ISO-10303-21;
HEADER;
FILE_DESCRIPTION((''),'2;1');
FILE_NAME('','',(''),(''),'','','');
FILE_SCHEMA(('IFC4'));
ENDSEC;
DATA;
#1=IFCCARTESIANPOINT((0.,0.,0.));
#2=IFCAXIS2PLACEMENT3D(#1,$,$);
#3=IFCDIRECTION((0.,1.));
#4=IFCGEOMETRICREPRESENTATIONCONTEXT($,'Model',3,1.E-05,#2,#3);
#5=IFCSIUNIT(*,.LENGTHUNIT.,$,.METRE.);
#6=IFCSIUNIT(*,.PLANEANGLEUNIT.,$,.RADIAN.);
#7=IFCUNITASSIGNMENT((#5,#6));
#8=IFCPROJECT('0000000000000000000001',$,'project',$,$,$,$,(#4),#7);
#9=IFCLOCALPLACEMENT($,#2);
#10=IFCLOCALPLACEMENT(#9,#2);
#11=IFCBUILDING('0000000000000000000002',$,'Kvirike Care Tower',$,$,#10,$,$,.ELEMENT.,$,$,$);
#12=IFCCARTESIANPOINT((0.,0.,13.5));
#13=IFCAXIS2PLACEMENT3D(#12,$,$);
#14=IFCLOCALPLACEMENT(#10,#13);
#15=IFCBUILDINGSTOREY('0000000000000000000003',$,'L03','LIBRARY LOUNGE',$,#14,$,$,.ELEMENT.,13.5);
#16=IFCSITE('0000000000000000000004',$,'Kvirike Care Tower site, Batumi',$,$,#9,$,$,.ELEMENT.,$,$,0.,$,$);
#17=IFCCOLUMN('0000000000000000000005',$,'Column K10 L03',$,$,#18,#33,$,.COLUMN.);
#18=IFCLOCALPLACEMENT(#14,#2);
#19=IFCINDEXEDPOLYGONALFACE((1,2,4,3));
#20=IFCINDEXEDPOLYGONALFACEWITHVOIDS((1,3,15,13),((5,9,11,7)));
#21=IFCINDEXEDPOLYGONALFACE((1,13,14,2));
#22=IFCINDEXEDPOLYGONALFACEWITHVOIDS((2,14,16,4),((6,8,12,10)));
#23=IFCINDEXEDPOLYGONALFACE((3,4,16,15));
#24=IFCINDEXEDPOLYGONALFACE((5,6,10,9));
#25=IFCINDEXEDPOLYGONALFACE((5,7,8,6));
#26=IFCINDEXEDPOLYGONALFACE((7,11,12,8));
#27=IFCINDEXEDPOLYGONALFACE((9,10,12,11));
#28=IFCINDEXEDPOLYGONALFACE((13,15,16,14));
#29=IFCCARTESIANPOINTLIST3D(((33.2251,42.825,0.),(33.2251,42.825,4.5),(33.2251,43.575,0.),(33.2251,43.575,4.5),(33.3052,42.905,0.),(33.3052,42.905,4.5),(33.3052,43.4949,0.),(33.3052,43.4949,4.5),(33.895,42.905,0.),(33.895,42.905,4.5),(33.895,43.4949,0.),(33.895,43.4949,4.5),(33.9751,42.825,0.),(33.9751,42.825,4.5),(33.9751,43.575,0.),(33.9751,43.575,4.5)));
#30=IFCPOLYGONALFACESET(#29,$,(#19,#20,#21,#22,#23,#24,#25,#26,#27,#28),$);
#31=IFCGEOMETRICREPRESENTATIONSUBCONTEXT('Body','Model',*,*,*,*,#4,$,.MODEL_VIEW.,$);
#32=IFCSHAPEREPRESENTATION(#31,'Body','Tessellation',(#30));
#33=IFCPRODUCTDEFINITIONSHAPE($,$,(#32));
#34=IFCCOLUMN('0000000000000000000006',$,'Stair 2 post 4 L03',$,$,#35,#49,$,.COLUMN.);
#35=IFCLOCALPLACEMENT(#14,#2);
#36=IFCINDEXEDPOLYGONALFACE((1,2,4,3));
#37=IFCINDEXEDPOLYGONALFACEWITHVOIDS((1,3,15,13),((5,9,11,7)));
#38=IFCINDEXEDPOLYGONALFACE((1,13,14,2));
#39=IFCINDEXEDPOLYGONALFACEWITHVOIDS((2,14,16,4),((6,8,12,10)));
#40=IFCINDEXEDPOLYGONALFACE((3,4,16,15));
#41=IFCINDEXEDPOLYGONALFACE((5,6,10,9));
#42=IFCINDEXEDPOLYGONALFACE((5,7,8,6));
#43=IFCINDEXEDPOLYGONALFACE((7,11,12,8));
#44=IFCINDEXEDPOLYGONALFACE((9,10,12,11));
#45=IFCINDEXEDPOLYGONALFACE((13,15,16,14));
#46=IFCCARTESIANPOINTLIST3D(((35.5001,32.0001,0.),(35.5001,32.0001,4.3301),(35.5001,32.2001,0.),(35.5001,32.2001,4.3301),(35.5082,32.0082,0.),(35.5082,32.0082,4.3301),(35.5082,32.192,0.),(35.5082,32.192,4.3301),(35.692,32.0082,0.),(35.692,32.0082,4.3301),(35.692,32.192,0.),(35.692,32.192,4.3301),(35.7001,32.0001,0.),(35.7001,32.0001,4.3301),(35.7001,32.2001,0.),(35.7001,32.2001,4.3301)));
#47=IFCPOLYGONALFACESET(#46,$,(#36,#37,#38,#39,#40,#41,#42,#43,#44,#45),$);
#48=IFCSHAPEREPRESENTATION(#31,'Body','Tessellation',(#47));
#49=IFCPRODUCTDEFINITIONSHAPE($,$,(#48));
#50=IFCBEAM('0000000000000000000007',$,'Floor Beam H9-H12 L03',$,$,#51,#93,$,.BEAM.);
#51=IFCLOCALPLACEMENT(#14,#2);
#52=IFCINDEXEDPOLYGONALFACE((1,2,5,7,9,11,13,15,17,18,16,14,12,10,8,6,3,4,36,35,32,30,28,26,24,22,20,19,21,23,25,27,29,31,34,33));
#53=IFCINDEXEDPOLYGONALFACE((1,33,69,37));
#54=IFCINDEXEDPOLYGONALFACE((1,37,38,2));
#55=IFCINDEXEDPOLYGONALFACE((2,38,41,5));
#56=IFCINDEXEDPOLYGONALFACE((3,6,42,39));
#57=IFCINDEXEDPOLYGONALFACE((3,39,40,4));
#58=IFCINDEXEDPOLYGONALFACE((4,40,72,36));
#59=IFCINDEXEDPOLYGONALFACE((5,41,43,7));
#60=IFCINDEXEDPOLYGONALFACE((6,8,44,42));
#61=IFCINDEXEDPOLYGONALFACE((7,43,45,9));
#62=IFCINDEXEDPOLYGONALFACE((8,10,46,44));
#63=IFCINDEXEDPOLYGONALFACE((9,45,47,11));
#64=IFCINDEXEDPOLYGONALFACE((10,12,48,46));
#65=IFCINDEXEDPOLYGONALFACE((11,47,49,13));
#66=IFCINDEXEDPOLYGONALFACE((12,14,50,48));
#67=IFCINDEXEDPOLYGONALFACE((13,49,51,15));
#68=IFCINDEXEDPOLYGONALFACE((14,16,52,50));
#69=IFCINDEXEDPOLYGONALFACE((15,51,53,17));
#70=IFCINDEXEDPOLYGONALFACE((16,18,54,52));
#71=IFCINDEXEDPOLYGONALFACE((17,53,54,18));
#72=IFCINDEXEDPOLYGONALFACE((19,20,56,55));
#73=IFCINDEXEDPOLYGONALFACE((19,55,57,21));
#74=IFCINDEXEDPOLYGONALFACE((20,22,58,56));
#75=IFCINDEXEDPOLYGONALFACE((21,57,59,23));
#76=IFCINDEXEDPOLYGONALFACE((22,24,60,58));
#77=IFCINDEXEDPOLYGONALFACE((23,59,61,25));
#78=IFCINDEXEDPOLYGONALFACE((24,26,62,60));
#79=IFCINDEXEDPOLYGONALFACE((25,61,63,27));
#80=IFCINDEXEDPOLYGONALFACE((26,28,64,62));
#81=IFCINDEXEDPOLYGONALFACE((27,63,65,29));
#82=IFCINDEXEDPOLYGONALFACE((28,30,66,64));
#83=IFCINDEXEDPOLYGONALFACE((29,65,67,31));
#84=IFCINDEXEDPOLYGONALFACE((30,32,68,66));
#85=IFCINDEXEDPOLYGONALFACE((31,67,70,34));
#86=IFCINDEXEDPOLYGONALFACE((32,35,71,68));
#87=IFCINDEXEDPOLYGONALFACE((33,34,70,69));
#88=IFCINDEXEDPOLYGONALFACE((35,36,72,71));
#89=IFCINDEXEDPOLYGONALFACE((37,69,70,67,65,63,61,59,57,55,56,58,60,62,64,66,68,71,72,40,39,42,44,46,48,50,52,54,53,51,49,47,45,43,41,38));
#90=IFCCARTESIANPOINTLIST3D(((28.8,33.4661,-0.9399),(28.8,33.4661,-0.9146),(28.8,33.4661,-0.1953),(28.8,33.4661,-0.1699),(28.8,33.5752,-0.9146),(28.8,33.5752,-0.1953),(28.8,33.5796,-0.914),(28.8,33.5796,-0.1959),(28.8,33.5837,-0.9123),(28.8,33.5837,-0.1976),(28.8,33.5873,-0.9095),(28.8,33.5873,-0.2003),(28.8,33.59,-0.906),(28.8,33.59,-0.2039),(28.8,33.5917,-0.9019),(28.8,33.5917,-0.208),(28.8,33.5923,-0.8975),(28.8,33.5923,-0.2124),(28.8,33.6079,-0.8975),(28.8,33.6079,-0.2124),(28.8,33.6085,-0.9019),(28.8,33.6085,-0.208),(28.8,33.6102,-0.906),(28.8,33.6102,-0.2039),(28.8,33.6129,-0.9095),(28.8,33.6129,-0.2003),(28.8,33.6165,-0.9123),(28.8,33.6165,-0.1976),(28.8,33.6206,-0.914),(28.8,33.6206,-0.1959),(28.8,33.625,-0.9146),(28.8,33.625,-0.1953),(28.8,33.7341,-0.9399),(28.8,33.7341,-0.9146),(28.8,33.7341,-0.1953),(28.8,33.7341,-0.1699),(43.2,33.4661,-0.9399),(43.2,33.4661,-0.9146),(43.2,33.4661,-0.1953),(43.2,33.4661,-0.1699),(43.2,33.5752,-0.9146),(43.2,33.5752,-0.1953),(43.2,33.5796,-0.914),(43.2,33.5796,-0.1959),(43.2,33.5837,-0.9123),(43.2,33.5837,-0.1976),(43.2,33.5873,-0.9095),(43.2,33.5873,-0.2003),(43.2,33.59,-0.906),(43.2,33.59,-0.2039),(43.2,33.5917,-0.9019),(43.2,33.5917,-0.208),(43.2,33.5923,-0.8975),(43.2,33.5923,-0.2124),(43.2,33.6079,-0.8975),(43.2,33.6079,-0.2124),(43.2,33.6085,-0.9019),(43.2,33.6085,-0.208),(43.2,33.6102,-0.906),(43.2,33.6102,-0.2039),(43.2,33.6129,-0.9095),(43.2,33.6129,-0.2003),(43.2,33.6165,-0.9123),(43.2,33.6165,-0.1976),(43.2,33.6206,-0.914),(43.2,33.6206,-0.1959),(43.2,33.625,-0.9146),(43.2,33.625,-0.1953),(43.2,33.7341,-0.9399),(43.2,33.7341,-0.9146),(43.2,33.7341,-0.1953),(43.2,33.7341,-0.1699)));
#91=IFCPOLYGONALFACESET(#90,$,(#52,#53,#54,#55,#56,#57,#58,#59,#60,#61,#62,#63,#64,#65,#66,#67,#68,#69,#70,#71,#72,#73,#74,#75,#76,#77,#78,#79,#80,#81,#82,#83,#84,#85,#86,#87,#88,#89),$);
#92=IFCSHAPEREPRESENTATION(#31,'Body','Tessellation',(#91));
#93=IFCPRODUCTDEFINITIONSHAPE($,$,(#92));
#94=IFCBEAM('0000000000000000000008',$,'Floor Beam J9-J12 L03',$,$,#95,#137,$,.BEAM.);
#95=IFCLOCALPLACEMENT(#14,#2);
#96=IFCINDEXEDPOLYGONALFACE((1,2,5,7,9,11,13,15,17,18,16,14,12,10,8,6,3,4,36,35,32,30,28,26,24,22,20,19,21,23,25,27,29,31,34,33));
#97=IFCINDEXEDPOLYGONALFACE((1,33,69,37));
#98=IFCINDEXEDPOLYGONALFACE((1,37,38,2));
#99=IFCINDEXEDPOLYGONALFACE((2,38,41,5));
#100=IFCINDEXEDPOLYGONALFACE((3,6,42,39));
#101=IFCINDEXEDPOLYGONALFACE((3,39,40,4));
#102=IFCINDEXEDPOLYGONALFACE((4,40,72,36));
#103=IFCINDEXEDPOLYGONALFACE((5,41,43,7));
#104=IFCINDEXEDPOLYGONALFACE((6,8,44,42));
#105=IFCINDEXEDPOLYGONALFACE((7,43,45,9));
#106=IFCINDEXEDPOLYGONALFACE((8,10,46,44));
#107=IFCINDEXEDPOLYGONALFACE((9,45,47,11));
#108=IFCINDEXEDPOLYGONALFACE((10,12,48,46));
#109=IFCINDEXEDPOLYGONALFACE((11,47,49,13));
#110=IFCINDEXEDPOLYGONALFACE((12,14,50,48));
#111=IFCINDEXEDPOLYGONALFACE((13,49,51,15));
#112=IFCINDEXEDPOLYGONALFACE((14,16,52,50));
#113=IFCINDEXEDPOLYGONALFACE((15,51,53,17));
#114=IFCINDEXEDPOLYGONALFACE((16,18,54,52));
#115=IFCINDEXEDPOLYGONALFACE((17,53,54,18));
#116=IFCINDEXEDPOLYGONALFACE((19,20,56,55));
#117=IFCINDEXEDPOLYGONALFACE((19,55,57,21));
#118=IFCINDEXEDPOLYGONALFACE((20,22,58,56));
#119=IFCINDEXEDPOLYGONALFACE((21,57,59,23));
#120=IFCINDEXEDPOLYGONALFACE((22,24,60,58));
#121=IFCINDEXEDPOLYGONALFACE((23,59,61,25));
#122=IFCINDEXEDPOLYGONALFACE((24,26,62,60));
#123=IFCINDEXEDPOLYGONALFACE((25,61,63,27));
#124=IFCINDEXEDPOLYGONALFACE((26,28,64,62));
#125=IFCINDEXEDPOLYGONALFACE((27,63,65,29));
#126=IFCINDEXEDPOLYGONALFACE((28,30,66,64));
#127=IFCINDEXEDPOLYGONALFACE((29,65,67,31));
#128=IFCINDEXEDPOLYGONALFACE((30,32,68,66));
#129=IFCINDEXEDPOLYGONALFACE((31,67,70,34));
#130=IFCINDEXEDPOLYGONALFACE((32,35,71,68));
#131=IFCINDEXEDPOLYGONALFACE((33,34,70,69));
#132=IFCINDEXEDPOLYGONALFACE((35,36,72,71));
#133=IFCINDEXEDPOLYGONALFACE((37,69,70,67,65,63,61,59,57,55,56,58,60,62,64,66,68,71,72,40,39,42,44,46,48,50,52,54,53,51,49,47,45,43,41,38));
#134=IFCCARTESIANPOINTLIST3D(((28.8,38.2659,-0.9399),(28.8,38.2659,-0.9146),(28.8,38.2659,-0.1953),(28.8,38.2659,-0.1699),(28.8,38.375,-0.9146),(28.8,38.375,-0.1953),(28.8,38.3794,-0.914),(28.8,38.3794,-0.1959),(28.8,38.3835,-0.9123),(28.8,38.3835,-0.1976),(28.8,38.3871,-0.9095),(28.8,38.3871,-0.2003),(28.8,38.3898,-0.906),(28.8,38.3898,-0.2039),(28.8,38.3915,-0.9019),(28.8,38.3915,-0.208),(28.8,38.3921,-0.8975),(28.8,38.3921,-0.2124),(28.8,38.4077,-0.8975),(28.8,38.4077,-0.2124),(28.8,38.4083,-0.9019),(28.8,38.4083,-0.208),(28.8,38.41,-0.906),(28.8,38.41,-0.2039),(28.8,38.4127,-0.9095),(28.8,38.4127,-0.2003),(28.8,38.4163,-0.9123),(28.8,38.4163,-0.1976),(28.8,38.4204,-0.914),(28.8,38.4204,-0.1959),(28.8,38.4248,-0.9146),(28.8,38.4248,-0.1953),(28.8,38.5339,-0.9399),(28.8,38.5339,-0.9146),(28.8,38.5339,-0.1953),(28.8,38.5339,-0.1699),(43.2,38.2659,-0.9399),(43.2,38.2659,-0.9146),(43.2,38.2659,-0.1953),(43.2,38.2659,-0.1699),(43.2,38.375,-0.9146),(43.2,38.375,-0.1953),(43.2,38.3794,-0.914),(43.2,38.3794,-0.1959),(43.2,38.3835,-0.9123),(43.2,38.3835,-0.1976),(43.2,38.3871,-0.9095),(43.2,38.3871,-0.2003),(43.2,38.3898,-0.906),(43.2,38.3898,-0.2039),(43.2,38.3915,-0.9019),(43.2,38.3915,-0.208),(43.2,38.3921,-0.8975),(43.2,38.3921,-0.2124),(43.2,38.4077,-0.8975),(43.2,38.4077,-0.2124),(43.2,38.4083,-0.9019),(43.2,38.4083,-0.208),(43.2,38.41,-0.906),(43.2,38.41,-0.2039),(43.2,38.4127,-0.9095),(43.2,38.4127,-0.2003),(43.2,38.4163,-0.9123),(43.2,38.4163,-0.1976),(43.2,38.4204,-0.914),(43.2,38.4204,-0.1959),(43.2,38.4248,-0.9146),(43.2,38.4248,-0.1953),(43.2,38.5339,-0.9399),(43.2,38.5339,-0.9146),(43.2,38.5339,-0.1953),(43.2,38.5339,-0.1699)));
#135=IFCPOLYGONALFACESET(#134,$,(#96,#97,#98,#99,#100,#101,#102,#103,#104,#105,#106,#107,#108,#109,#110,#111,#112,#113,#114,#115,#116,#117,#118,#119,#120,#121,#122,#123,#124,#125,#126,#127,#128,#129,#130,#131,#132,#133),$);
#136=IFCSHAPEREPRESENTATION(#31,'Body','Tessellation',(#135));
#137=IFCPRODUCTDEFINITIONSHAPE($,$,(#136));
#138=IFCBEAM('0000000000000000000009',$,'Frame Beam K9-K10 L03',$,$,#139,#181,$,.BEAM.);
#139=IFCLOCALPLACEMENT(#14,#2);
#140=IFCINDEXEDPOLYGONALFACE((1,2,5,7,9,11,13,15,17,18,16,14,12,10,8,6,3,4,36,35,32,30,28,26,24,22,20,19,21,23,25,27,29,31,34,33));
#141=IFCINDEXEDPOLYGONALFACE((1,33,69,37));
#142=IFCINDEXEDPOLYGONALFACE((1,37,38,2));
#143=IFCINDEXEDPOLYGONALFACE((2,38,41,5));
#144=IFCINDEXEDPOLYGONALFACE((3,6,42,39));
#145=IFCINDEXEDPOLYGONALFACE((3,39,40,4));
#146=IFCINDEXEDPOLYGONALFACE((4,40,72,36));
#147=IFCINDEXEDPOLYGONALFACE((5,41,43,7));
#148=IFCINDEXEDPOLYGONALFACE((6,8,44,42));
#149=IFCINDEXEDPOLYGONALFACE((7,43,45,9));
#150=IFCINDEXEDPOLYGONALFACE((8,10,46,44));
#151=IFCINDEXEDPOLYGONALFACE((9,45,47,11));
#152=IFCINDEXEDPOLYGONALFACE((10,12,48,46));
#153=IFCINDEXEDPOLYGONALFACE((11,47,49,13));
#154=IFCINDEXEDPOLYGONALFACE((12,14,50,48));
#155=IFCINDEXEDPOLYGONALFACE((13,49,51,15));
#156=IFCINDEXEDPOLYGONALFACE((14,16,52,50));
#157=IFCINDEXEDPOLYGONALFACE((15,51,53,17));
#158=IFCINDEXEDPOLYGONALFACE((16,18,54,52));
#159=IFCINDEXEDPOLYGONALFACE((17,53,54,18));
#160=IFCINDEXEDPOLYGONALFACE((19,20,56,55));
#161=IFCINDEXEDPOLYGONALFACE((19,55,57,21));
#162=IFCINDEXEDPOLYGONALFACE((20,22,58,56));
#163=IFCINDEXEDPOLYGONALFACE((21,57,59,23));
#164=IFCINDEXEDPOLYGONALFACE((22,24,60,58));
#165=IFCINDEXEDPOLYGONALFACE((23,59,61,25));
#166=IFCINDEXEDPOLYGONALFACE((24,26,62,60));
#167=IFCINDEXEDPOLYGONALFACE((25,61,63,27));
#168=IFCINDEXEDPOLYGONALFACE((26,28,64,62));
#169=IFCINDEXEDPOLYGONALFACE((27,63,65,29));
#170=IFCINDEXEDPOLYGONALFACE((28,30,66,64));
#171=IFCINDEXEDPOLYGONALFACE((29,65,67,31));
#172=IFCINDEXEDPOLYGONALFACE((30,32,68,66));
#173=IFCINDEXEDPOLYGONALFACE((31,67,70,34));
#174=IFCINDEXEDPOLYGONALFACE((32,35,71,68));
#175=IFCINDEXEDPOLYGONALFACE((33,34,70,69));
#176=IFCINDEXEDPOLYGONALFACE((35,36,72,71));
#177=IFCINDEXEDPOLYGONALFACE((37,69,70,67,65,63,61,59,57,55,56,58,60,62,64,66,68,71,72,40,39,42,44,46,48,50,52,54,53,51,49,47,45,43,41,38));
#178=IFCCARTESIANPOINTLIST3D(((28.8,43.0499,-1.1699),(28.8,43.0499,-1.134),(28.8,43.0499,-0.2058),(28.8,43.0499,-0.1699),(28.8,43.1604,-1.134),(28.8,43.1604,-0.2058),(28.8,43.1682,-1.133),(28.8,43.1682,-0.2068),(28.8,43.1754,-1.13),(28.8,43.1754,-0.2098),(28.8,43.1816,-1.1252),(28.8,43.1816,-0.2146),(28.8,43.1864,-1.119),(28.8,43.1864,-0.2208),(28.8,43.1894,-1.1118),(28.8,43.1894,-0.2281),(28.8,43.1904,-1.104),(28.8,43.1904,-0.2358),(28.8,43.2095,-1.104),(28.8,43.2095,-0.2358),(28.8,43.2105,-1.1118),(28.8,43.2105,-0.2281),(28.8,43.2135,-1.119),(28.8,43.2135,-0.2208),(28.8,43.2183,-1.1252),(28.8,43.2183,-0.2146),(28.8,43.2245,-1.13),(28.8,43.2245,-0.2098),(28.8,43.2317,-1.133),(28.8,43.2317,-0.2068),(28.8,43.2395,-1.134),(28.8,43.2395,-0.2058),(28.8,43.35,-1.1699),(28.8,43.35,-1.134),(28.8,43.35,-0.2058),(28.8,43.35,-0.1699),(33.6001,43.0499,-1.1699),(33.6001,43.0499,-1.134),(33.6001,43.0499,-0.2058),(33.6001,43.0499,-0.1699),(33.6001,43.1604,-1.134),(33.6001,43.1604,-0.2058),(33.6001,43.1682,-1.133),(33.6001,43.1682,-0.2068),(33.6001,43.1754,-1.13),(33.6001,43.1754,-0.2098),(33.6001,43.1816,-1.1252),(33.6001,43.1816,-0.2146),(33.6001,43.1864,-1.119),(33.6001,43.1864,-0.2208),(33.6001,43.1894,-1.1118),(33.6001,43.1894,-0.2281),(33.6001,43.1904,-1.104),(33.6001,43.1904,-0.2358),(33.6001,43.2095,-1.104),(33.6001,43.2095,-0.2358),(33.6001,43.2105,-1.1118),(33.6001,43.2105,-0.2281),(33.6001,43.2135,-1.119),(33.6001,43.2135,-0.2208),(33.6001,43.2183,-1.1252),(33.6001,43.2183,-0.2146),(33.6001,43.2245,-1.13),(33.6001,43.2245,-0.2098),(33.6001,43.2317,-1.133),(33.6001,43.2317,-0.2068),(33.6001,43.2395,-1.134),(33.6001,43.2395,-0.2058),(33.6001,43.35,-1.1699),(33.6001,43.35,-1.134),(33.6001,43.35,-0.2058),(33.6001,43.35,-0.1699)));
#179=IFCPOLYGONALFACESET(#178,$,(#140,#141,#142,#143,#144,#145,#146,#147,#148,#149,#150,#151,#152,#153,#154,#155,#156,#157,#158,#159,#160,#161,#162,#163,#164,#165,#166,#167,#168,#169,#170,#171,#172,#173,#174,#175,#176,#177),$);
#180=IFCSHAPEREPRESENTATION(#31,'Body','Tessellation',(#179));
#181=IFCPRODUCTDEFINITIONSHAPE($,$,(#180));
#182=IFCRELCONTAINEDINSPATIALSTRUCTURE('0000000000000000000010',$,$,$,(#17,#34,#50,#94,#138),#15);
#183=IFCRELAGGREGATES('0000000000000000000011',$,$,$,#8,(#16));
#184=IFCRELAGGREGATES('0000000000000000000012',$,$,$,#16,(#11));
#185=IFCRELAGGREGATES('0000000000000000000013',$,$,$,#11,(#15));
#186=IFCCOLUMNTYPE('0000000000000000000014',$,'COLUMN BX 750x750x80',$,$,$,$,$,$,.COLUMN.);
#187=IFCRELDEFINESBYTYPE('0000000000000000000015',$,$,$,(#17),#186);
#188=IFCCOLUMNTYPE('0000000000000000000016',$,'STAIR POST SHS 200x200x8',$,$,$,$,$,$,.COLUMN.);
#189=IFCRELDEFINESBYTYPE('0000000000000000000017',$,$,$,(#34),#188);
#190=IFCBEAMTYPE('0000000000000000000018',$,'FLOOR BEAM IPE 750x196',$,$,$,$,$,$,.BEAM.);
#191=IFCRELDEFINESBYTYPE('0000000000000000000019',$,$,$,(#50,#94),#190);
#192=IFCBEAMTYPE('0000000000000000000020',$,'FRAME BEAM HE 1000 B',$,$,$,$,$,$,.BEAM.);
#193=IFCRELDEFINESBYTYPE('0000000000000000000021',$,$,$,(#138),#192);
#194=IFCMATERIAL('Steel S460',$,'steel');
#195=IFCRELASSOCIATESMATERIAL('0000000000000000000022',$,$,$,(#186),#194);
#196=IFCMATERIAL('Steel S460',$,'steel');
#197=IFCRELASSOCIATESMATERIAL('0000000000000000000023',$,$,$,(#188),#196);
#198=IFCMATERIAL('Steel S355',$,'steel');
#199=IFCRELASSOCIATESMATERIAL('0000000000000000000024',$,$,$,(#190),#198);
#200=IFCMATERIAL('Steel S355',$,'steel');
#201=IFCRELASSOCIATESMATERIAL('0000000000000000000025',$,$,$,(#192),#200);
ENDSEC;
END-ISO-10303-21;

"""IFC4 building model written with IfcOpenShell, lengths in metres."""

from ifc_helpers import new_model, si_unit, direction, frame, origin, origin_2d, place, context, subcontext, project, spatial, hollow_rectangle, i_section, extrude, material, material_profile, profile_set, type_object, element, save


model = new_model("IFC4")

# Units and contexts
model_context = context("Model", 3, precision=1e-05, world=origin(), true_north=direction((0.0, 1.0)))
body_context = subcontext(model_context, "Body", "Model", "MODEL_VIEW")
ifc_project = project(units=[si_unit("LENGTHUNIT", "METRE"), si_unit("PLANEANGLEUNIT", "RADIAN")], contexts=[model_context])

# Site, building, storey
site_placement = place(None, origin())
site = spatial("IfcSite", under=ifc_project, at=site_placement, Name="Kvirike Care Tower site, Batumi", CompositionType="ELEMENT", RefElevation=0.0)
building_placement = place(site_placement, origin())
building = spatial("IfcBuilding", under=site, at=building_placement, Name="Kvirike Care Tower", CompositionType="ELEMENT")
storey_placement = place(building_placement, frame((0.0, 0.0, 13.5)))
storey = spatial("IfcBuildingStorey", under=building, at=storey_placement, Name="L03", Description="LIBRARY LOUNGE", CompositionType="ELEMENT", Elevation=13.5)

# Columns
ifc_material_1 = material(Name="Steel S460", Category="steel")
ifc_material_profile_1 = material_profile(ifc_material_1, hollow_rectangle(XDim=0.75, YDim=0.75, WallThickness=0.0801, at=origin_2d()), Name="BX 750x750x80")
ifc_profile_set_1 = profile_set([ifc_material_profile_1], Name="Steel S460")
column_type_1 = type_object("IfcColumnType", Name="COLUMN BX 750x750x80", PredefinedType="COLUMN", material=ifc_profile_set_1)
column_1_placement = place(storey_placement, frame((33.6001, 43.2, 0.0), z_axis=(0.0, 0.0, 1.0), x_axis=(0.0, 1.0, 0.0)))
element("IfcColumn", 1, at=column_1_placement, inside=storey, type_object=column_type_1, Name="Column K10 L03", PredefinedType="COLUMN", context=body_context, shape_type="SweptSolid", body=[
    extrude(hollow_rectangle(XDim=0.75, YDim=0.75, WallThickness=0.0801, at=origin_2d()), origin(), (0.0, 0.0, 1.0), 4.5),
])
ifc_material_2 = material(Name="Steel S460", Category="steel")
ifc_material_profile_2 = material_profile(ifc_material_2, hollow_rectangle(XDim=0.2, YDim=0.2, WallThickness=0.0081, at=origin_2d()), Name="SHS 200x200x8")
ifc_profile_set_2 = profile_set([ifc_material_profile_2], Name="Steel S460")
column_type_2 = type_object("IfcColumnType", Name="STAIR POST SHS 200x200x8", PredefinedType="COLUMN", material=ifc_profile_set_2)
column_2_placement = place(storey_placement, frame((35.6001, 32.1001, 0.0), z_axis=(0.0, 0.0, 1.0), x_axis=(1.0, 0.0, 0.0)))
element("IfcColumn", 2, at=column_2_placement, inside=storey, type_object=column_type_2, Name="Stair 2 post 4 L03", PredefinedType="COLUMN", context=body_context, shape_type="SweptSolid", body=[
    extrude(hollow_rectangle(XDim=0.2, YDim=0.2, WallThickness=0.0081, at=origin_2d()), origin(), (0.0, 0.0, 1.0), 4.3301),
])

# Beams
ifc_material_3 = material(Name="Steel S355", Category="steel")
ifc_material_profile_3 = material_profile(ifc_material_3, i_section(OverallWidth=0.2681, OverallDepth=0.77, WebThickness=0.0156, FlangeThickness=0.0254, FilletRadius=0.0171, at=origin_2d()), Name="IPE 750x196")
ifc_profile_set_3 = profile_set([ifc_material_profile_3], Name="Steel S355")
beam_type_1 = type_object("IfcBeamType", Name="FLOOR BEAM IPE 750x196", PredefinedType="BEAM", material=ifc_profile_set_3)
for number, where, z_axis, x_axis, name in (
    (3, (28.8, 33.6001, -0.5549), (1.0, 0.0, 0.0), (0.0, 1.0, 0.0), "Floor Beam H9-H12 L03"),
    (4, (28.8, 38.3999, -0.5549), (1.0, 0.0, 0.0), (0.0, 1.0, 0.0), "Floor Beam J9-J12 L03"),
):
    element("IfcBeam", number, at=place(storey_placement, frame(where, z_axis=z_axis, x_axis=x_axis)), inside=storey, type_object=beam_type_1, Name=name, PredefinedType="BEAM", context=body_context, shape_type="SweptSolid", body=[
        extrude(i_section(OverallWidth=0.2681, OverallDepth=0.77, WebThickness=0.0156, FlangeThickness=0.0254, FilletRadius=0.0171, at=origin_2d()), origin(), (0.0, 0.0, 1.0), 14.3999),
    ])
ifc_material_4 = material(Name="Steel S355", Category="steel")
ifc_material_profile_4 = material_profile(ifc_material_4, i_section(OverallWidth=0.3, OverallDepth=1.0, WebThickness=0.019, FlangeThickness=0.0359, FilletRadius=0.03, at=origin_2d()), Name="HE 1000 B")
ifc_profile_set_4 = profile_set([ifc_material_profile_4], Name="Steel S355")
beam_type_2 = type_object("IfcBeamType", Name="FRAME BEAM HE 1000 B", PredefinedType="BEAM", material=ifc_profile_set_4)
beam_1_placement = place(storey_placement, frame((28.8, 43.2, -0.6699), z_axis=(1.0, 0.0, 0.0), x_axis=(0.0, 1.0, 0.0)))
element("IfcBeam", 5, at=beam_1_placement, inside=storey, type_object=beam_type_2, Name="Frame Beam K9-K10 L03", PredefinedType="BEAM", context=body_context, shape_type="SweptSolid", body=[
    extrude(i_section(OverallWidth=0.3, OverallDepth=1.0, WebThickness=0.019, FlangeThickness=0.0359, FilletRadius=0.03, at=origin_2d()), origin(), (0.0, 0.0, 1.0), 4.8),
])

save(model, "model.ifc")
